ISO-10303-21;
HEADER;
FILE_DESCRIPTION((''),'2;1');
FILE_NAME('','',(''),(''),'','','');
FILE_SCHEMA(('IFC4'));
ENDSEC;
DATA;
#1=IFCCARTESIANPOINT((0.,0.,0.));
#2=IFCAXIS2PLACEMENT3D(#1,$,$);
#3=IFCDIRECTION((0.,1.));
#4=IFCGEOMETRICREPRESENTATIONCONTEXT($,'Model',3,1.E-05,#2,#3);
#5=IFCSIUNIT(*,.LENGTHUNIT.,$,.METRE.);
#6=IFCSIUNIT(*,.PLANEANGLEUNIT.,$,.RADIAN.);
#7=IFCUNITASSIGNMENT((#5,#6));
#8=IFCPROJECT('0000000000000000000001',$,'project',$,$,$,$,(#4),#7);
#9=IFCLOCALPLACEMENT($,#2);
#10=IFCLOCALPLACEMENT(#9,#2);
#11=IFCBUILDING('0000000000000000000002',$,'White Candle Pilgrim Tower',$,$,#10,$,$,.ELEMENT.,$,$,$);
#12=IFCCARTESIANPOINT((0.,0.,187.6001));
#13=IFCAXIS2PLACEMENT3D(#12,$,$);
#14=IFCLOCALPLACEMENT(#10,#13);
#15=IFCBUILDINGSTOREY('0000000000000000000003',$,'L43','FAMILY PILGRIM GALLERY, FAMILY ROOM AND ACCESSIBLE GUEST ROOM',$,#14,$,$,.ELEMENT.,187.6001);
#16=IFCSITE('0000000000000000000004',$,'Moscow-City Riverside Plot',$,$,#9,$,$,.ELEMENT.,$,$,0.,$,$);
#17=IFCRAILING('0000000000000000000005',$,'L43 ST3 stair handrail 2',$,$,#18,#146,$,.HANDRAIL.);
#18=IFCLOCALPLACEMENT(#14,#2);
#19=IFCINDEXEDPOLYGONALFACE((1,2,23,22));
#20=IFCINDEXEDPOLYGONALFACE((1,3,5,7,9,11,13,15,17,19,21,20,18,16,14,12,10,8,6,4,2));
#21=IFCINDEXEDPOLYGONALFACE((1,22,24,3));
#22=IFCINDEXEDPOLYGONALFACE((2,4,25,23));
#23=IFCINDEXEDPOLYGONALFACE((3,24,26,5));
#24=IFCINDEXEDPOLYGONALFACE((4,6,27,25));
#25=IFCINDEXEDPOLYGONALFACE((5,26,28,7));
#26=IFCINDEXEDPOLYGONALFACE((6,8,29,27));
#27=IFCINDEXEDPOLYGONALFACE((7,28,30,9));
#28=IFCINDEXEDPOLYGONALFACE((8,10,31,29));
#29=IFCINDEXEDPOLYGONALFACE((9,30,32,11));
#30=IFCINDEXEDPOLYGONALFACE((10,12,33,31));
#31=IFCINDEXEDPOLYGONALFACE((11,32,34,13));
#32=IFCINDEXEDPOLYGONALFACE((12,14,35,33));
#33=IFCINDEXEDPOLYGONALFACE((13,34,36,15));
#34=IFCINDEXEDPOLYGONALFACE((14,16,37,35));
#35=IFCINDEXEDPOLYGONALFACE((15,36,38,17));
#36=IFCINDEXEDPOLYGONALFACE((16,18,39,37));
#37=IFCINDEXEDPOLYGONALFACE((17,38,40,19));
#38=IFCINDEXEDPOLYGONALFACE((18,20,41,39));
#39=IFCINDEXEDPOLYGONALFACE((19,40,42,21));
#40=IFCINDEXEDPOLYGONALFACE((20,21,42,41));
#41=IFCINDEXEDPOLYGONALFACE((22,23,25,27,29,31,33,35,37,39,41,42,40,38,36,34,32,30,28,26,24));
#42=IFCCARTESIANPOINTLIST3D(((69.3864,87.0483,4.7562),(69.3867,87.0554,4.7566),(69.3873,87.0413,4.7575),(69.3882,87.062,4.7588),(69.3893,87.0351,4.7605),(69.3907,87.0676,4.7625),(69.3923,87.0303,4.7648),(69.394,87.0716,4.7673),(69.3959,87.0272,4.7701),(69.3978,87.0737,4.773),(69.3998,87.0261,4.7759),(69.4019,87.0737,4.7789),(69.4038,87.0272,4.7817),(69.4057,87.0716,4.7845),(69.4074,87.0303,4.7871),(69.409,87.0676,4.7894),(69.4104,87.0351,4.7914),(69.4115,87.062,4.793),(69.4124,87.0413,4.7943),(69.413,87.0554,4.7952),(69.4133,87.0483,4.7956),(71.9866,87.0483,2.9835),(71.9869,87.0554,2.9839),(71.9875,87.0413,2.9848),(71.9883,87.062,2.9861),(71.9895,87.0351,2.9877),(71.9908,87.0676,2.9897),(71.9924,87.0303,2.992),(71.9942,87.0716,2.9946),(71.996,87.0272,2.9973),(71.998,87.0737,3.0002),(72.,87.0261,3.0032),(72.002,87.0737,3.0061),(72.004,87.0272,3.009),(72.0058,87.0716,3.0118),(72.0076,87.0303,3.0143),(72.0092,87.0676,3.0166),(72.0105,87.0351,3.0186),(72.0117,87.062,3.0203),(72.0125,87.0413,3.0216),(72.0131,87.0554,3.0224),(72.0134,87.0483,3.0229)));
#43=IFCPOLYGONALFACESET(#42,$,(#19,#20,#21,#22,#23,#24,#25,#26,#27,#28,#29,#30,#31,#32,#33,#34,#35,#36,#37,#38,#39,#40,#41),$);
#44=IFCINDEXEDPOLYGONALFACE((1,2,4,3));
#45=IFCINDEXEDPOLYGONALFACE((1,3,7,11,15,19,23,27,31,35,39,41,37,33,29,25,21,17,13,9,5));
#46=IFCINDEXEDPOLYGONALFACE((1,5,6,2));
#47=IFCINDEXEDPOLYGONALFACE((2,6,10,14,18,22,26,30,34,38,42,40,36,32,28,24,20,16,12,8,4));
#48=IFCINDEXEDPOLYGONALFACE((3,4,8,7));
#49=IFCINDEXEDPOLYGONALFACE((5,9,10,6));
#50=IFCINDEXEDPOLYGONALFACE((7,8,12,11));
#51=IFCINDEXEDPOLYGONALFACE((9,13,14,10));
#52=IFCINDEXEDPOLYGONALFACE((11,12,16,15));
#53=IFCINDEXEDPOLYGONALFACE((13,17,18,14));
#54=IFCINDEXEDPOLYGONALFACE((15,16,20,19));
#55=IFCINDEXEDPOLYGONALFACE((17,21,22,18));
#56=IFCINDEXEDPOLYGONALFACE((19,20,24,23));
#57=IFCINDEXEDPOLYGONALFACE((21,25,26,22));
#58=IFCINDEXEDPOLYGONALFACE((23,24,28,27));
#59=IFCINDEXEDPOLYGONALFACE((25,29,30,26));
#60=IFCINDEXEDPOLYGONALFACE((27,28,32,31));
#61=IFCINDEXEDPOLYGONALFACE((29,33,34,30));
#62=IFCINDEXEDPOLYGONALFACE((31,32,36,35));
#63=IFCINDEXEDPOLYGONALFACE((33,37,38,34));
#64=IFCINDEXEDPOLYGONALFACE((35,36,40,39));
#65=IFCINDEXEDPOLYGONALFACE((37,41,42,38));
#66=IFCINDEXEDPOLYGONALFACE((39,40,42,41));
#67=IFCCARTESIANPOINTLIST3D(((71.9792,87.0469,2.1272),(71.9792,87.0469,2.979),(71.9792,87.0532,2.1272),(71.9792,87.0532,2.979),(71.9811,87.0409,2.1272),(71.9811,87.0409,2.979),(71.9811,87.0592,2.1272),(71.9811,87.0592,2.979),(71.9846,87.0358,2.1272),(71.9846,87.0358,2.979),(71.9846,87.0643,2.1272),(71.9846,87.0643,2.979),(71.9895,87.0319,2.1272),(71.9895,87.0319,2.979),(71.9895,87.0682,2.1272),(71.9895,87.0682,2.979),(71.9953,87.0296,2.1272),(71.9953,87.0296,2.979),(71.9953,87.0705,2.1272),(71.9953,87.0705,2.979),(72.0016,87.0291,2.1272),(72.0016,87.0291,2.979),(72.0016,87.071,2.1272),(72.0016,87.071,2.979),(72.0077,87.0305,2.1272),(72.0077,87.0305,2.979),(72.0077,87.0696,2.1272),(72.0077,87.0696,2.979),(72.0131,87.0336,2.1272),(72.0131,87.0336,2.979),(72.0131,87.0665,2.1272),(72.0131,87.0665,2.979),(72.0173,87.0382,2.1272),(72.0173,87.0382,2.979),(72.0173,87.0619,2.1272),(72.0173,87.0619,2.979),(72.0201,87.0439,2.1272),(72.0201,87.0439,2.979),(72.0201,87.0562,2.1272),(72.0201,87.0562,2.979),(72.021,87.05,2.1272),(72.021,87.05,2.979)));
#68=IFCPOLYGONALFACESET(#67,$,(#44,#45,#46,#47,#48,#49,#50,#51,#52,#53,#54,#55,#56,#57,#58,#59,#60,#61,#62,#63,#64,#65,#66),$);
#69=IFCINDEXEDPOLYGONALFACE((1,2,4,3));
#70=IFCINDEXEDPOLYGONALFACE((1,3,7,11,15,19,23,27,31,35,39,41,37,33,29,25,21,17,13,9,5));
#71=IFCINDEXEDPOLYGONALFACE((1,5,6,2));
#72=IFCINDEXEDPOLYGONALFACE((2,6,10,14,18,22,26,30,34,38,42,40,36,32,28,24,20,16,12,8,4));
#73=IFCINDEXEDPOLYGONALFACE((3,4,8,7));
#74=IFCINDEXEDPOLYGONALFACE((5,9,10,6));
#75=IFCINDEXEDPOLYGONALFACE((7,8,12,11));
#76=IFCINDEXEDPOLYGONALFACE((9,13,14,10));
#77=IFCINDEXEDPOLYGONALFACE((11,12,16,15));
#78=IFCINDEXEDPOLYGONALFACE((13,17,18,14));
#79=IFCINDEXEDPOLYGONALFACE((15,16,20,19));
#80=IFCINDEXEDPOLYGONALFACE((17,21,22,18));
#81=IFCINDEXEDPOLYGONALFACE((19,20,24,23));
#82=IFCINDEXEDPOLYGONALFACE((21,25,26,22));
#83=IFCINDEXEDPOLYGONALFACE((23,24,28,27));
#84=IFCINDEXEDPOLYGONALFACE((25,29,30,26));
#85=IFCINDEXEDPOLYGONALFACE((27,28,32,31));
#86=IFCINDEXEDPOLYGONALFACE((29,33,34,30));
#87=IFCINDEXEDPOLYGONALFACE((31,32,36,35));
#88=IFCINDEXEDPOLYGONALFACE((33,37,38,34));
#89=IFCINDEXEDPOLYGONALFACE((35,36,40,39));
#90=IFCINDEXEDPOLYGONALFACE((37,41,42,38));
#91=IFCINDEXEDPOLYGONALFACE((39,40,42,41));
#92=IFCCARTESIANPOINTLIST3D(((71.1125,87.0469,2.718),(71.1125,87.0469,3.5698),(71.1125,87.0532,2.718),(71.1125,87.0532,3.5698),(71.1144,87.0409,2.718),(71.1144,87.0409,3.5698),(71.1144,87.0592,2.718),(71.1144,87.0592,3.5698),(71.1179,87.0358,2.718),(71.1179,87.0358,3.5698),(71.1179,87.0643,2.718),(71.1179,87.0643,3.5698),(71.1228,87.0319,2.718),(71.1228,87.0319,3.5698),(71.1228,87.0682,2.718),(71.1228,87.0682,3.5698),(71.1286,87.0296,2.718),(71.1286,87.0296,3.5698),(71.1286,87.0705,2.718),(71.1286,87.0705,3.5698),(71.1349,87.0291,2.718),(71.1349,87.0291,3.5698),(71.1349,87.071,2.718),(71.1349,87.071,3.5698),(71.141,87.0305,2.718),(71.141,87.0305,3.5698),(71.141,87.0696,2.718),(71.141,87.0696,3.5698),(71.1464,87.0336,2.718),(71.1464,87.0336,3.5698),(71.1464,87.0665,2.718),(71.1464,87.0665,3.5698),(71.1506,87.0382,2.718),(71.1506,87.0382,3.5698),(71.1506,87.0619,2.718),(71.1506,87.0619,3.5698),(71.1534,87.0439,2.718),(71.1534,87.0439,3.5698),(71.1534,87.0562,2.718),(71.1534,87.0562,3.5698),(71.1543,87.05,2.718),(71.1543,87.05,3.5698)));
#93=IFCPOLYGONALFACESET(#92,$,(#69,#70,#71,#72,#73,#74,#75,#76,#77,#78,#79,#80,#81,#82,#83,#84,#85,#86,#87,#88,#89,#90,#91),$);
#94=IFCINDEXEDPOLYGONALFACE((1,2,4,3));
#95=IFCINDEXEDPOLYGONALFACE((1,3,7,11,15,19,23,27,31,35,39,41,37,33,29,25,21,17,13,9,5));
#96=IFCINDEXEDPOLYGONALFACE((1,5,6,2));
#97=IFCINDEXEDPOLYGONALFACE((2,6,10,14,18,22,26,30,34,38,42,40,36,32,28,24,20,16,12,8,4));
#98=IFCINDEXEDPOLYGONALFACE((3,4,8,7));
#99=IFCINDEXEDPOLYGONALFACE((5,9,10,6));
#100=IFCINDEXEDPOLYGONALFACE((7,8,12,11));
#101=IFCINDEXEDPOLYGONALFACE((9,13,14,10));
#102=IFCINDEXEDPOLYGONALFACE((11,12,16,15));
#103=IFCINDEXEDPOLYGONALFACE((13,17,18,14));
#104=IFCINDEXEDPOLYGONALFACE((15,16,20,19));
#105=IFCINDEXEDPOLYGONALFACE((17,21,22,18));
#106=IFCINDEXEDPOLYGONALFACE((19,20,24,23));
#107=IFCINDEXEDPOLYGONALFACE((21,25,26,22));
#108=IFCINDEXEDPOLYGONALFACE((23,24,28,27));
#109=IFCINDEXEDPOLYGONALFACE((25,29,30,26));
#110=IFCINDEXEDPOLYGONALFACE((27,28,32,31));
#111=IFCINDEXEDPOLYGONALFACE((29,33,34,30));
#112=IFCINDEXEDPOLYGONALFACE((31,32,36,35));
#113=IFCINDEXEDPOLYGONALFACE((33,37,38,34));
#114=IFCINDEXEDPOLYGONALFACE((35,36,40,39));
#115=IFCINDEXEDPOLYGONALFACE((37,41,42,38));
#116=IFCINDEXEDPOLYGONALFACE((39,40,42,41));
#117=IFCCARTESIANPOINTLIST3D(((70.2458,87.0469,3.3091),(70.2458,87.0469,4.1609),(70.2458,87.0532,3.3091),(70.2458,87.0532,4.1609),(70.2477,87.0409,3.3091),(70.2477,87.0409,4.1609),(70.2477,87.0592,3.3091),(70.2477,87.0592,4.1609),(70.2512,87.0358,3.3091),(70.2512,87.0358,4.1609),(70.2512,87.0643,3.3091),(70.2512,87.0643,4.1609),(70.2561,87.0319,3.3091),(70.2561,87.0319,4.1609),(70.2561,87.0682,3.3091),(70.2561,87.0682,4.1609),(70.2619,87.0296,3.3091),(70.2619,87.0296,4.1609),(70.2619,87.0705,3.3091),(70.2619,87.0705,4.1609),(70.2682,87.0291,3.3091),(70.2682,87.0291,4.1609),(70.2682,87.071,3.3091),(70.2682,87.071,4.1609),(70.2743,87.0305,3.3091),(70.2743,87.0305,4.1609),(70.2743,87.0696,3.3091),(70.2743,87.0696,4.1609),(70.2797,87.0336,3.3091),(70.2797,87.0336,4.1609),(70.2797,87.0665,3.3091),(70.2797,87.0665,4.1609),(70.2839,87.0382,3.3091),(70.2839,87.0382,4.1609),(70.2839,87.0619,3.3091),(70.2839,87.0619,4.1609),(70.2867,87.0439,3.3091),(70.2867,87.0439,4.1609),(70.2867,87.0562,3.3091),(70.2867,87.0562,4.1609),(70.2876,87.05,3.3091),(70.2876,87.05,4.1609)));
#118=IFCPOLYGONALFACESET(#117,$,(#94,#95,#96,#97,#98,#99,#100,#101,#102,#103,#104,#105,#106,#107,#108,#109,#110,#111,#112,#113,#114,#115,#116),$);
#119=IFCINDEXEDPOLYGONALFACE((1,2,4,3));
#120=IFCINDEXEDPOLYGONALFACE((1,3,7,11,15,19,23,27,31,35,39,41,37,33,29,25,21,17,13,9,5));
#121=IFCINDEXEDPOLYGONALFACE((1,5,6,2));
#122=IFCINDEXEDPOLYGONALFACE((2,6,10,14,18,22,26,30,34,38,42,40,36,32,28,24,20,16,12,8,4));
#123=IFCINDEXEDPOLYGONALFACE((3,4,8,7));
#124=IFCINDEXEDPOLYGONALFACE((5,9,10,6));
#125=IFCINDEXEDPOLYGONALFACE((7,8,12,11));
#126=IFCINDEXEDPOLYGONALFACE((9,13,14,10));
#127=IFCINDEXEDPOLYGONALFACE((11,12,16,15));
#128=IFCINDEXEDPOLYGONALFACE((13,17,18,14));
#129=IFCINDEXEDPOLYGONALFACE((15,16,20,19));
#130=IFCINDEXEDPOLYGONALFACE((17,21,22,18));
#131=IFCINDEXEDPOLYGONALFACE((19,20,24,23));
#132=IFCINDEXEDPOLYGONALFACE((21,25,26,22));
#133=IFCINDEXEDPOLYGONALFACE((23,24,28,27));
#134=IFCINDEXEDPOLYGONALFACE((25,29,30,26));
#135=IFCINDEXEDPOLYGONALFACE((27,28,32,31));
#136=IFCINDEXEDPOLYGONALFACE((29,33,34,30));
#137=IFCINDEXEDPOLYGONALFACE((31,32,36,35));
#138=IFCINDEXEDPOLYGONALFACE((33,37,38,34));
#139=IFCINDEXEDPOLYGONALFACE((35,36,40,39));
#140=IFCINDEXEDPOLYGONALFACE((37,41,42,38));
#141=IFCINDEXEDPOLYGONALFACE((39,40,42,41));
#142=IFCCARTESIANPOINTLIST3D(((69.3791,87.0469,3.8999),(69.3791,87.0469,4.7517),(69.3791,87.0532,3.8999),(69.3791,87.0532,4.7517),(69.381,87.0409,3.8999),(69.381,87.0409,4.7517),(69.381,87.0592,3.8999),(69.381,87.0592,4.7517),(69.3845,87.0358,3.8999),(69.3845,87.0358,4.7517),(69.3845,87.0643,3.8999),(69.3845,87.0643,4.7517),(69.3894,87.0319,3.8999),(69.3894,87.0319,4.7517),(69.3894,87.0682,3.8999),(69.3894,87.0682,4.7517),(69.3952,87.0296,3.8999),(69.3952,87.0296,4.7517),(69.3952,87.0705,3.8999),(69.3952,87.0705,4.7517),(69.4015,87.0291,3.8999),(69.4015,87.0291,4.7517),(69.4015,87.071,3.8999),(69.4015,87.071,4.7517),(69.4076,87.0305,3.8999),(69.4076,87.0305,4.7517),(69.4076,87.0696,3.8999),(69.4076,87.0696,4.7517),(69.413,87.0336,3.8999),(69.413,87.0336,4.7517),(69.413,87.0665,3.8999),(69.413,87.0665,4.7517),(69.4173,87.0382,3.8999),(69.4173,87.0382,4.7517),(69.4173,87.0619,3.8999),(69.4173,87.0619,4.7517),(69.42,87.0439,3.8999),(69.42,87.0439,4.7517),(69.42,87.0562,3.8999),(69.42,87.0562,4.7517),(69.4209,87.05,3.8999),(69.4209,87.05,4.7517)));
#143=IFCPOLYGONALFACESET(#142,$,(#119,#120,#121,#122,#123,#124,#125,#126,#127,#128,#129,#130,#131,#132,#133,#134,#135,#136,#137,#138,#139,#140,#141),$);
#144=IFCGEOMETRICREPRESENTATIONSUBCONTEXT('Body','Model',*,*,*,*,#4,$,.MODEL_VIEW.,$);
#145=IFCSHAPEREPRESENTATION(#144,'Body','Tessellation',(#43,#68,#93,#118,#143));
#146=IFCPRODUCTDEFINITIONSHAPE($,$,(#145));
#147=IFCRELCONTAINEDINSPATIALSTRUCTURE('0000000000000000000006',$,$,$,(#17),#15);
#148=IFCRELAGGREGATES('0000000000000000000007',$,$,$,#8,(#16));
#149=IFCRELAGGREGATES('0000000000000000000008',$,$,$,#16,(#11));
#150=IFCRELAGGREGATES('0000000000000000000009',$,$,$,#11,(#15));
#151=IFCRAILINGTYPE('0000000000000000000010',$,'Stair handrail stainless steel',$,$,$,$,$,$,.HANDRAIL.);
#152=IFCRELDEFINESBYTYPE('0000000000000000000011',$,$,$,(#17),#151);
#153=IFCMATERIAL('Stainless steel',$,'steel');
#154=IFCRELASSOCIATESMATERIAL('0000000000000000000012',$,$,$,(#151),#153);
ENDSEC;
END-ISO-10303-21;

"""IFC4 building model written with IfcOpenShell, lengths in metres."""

from ifc_helpers import new_model, si_unit, direction, frame, origin, origin_2d, place, context, subcontext, project, spatial, circle, extrude, material, type_object, element, save


model = new_model("IFC4")

# Units and contexts
model_context = context("Model", 3, precision=1e-05, world=origin(), true_north=direction((0.0, 1.0)))
body_context = subcontext(model_context, "Body", "Model", "MODEL_VIEW")
ifc_project = project(units=[si_unit("LENGTHUNIT", "METRE"), si_unit("PLANEANGLEUNIT", "RADIAN")], contexts=[model_context])

# Site, building, storey
site_placement = place(None, origin())
site = spatial("IfcSite", under=ifc_project, at=site_placement, Name="Moscow-City Riverside Plot", CompositionType="ELEMENT", RefElevation=0.0)
building_placement = place(site_placement, origin())
building = spatial("IfcBuilding", under=site, at=building_placement, Name="White Candle Pilgrim Tower", CompositionType="ELEMENT")
storey_placement = place(building_placement, frame((0.0, 0.0, 187.6001)))
storey = spatial("IfcBuildingStorey", under=building, at=storey_placement, Name="L43", Description="FAMILY PILGRIM GALLERY, FAMILY ROOM AND ACCESSIBLE GUEST ROOM", CompositionType="ELEMENT", Elevation=187.6001)

# Railing
ifc_material_1 = material(Name="Stainless steel", Category="steel")
railing_type_1 = type_object("IfcRailingType", Name="Stair handrail stainless steel", PredefinedType="HANDRAIL", material=ifc_material_1)
railing_1_placement = place(storey_placement, frame((72.0, 87.05, 2.1272)))
element("IfcRailing", 1, at=railing_1_placement, inside=storey, type_object=railing_type_1, Name="L43 ST3 stair handrail 2", PredefinedType="HANDRAIL", context=body_context, shape_type="SweptSolid", body=[
    extrude(circle(Radius=0.0239, at=origin_2d()), frame((0.0, 0.0, 0.876), z_axis=(-0.82624, 0.0, 0.563318), x_axis=(0.0, -1.0, 0.0)), (0.0, 0.0, 1.0), 3.147),
    extrude(circle(Radius=0.021, at=origin_2d()), origin(), (0.0, 0.0, 1.0), 0.8518),
    extrude(circle(Radius=0.021, at=origin_2d()), frame((-0.8667, 0.0, 0.5908)), (0.0, 0.0, 1.0), 0.8518),
    extrude(circle(Radius=0.021, at=origin_2d()), frame((-1.7334, 0.0, 1.1819)), (0.0, 0.0, 1.0), 0.8518),
    extrude(circle(Radius=0.021, at=origin_2d()), frame((-2.6001, 0.0, 1.7727)), (0.0, 0.0, 1.0), 0.8518),
])

save(model, "model.ifc")
